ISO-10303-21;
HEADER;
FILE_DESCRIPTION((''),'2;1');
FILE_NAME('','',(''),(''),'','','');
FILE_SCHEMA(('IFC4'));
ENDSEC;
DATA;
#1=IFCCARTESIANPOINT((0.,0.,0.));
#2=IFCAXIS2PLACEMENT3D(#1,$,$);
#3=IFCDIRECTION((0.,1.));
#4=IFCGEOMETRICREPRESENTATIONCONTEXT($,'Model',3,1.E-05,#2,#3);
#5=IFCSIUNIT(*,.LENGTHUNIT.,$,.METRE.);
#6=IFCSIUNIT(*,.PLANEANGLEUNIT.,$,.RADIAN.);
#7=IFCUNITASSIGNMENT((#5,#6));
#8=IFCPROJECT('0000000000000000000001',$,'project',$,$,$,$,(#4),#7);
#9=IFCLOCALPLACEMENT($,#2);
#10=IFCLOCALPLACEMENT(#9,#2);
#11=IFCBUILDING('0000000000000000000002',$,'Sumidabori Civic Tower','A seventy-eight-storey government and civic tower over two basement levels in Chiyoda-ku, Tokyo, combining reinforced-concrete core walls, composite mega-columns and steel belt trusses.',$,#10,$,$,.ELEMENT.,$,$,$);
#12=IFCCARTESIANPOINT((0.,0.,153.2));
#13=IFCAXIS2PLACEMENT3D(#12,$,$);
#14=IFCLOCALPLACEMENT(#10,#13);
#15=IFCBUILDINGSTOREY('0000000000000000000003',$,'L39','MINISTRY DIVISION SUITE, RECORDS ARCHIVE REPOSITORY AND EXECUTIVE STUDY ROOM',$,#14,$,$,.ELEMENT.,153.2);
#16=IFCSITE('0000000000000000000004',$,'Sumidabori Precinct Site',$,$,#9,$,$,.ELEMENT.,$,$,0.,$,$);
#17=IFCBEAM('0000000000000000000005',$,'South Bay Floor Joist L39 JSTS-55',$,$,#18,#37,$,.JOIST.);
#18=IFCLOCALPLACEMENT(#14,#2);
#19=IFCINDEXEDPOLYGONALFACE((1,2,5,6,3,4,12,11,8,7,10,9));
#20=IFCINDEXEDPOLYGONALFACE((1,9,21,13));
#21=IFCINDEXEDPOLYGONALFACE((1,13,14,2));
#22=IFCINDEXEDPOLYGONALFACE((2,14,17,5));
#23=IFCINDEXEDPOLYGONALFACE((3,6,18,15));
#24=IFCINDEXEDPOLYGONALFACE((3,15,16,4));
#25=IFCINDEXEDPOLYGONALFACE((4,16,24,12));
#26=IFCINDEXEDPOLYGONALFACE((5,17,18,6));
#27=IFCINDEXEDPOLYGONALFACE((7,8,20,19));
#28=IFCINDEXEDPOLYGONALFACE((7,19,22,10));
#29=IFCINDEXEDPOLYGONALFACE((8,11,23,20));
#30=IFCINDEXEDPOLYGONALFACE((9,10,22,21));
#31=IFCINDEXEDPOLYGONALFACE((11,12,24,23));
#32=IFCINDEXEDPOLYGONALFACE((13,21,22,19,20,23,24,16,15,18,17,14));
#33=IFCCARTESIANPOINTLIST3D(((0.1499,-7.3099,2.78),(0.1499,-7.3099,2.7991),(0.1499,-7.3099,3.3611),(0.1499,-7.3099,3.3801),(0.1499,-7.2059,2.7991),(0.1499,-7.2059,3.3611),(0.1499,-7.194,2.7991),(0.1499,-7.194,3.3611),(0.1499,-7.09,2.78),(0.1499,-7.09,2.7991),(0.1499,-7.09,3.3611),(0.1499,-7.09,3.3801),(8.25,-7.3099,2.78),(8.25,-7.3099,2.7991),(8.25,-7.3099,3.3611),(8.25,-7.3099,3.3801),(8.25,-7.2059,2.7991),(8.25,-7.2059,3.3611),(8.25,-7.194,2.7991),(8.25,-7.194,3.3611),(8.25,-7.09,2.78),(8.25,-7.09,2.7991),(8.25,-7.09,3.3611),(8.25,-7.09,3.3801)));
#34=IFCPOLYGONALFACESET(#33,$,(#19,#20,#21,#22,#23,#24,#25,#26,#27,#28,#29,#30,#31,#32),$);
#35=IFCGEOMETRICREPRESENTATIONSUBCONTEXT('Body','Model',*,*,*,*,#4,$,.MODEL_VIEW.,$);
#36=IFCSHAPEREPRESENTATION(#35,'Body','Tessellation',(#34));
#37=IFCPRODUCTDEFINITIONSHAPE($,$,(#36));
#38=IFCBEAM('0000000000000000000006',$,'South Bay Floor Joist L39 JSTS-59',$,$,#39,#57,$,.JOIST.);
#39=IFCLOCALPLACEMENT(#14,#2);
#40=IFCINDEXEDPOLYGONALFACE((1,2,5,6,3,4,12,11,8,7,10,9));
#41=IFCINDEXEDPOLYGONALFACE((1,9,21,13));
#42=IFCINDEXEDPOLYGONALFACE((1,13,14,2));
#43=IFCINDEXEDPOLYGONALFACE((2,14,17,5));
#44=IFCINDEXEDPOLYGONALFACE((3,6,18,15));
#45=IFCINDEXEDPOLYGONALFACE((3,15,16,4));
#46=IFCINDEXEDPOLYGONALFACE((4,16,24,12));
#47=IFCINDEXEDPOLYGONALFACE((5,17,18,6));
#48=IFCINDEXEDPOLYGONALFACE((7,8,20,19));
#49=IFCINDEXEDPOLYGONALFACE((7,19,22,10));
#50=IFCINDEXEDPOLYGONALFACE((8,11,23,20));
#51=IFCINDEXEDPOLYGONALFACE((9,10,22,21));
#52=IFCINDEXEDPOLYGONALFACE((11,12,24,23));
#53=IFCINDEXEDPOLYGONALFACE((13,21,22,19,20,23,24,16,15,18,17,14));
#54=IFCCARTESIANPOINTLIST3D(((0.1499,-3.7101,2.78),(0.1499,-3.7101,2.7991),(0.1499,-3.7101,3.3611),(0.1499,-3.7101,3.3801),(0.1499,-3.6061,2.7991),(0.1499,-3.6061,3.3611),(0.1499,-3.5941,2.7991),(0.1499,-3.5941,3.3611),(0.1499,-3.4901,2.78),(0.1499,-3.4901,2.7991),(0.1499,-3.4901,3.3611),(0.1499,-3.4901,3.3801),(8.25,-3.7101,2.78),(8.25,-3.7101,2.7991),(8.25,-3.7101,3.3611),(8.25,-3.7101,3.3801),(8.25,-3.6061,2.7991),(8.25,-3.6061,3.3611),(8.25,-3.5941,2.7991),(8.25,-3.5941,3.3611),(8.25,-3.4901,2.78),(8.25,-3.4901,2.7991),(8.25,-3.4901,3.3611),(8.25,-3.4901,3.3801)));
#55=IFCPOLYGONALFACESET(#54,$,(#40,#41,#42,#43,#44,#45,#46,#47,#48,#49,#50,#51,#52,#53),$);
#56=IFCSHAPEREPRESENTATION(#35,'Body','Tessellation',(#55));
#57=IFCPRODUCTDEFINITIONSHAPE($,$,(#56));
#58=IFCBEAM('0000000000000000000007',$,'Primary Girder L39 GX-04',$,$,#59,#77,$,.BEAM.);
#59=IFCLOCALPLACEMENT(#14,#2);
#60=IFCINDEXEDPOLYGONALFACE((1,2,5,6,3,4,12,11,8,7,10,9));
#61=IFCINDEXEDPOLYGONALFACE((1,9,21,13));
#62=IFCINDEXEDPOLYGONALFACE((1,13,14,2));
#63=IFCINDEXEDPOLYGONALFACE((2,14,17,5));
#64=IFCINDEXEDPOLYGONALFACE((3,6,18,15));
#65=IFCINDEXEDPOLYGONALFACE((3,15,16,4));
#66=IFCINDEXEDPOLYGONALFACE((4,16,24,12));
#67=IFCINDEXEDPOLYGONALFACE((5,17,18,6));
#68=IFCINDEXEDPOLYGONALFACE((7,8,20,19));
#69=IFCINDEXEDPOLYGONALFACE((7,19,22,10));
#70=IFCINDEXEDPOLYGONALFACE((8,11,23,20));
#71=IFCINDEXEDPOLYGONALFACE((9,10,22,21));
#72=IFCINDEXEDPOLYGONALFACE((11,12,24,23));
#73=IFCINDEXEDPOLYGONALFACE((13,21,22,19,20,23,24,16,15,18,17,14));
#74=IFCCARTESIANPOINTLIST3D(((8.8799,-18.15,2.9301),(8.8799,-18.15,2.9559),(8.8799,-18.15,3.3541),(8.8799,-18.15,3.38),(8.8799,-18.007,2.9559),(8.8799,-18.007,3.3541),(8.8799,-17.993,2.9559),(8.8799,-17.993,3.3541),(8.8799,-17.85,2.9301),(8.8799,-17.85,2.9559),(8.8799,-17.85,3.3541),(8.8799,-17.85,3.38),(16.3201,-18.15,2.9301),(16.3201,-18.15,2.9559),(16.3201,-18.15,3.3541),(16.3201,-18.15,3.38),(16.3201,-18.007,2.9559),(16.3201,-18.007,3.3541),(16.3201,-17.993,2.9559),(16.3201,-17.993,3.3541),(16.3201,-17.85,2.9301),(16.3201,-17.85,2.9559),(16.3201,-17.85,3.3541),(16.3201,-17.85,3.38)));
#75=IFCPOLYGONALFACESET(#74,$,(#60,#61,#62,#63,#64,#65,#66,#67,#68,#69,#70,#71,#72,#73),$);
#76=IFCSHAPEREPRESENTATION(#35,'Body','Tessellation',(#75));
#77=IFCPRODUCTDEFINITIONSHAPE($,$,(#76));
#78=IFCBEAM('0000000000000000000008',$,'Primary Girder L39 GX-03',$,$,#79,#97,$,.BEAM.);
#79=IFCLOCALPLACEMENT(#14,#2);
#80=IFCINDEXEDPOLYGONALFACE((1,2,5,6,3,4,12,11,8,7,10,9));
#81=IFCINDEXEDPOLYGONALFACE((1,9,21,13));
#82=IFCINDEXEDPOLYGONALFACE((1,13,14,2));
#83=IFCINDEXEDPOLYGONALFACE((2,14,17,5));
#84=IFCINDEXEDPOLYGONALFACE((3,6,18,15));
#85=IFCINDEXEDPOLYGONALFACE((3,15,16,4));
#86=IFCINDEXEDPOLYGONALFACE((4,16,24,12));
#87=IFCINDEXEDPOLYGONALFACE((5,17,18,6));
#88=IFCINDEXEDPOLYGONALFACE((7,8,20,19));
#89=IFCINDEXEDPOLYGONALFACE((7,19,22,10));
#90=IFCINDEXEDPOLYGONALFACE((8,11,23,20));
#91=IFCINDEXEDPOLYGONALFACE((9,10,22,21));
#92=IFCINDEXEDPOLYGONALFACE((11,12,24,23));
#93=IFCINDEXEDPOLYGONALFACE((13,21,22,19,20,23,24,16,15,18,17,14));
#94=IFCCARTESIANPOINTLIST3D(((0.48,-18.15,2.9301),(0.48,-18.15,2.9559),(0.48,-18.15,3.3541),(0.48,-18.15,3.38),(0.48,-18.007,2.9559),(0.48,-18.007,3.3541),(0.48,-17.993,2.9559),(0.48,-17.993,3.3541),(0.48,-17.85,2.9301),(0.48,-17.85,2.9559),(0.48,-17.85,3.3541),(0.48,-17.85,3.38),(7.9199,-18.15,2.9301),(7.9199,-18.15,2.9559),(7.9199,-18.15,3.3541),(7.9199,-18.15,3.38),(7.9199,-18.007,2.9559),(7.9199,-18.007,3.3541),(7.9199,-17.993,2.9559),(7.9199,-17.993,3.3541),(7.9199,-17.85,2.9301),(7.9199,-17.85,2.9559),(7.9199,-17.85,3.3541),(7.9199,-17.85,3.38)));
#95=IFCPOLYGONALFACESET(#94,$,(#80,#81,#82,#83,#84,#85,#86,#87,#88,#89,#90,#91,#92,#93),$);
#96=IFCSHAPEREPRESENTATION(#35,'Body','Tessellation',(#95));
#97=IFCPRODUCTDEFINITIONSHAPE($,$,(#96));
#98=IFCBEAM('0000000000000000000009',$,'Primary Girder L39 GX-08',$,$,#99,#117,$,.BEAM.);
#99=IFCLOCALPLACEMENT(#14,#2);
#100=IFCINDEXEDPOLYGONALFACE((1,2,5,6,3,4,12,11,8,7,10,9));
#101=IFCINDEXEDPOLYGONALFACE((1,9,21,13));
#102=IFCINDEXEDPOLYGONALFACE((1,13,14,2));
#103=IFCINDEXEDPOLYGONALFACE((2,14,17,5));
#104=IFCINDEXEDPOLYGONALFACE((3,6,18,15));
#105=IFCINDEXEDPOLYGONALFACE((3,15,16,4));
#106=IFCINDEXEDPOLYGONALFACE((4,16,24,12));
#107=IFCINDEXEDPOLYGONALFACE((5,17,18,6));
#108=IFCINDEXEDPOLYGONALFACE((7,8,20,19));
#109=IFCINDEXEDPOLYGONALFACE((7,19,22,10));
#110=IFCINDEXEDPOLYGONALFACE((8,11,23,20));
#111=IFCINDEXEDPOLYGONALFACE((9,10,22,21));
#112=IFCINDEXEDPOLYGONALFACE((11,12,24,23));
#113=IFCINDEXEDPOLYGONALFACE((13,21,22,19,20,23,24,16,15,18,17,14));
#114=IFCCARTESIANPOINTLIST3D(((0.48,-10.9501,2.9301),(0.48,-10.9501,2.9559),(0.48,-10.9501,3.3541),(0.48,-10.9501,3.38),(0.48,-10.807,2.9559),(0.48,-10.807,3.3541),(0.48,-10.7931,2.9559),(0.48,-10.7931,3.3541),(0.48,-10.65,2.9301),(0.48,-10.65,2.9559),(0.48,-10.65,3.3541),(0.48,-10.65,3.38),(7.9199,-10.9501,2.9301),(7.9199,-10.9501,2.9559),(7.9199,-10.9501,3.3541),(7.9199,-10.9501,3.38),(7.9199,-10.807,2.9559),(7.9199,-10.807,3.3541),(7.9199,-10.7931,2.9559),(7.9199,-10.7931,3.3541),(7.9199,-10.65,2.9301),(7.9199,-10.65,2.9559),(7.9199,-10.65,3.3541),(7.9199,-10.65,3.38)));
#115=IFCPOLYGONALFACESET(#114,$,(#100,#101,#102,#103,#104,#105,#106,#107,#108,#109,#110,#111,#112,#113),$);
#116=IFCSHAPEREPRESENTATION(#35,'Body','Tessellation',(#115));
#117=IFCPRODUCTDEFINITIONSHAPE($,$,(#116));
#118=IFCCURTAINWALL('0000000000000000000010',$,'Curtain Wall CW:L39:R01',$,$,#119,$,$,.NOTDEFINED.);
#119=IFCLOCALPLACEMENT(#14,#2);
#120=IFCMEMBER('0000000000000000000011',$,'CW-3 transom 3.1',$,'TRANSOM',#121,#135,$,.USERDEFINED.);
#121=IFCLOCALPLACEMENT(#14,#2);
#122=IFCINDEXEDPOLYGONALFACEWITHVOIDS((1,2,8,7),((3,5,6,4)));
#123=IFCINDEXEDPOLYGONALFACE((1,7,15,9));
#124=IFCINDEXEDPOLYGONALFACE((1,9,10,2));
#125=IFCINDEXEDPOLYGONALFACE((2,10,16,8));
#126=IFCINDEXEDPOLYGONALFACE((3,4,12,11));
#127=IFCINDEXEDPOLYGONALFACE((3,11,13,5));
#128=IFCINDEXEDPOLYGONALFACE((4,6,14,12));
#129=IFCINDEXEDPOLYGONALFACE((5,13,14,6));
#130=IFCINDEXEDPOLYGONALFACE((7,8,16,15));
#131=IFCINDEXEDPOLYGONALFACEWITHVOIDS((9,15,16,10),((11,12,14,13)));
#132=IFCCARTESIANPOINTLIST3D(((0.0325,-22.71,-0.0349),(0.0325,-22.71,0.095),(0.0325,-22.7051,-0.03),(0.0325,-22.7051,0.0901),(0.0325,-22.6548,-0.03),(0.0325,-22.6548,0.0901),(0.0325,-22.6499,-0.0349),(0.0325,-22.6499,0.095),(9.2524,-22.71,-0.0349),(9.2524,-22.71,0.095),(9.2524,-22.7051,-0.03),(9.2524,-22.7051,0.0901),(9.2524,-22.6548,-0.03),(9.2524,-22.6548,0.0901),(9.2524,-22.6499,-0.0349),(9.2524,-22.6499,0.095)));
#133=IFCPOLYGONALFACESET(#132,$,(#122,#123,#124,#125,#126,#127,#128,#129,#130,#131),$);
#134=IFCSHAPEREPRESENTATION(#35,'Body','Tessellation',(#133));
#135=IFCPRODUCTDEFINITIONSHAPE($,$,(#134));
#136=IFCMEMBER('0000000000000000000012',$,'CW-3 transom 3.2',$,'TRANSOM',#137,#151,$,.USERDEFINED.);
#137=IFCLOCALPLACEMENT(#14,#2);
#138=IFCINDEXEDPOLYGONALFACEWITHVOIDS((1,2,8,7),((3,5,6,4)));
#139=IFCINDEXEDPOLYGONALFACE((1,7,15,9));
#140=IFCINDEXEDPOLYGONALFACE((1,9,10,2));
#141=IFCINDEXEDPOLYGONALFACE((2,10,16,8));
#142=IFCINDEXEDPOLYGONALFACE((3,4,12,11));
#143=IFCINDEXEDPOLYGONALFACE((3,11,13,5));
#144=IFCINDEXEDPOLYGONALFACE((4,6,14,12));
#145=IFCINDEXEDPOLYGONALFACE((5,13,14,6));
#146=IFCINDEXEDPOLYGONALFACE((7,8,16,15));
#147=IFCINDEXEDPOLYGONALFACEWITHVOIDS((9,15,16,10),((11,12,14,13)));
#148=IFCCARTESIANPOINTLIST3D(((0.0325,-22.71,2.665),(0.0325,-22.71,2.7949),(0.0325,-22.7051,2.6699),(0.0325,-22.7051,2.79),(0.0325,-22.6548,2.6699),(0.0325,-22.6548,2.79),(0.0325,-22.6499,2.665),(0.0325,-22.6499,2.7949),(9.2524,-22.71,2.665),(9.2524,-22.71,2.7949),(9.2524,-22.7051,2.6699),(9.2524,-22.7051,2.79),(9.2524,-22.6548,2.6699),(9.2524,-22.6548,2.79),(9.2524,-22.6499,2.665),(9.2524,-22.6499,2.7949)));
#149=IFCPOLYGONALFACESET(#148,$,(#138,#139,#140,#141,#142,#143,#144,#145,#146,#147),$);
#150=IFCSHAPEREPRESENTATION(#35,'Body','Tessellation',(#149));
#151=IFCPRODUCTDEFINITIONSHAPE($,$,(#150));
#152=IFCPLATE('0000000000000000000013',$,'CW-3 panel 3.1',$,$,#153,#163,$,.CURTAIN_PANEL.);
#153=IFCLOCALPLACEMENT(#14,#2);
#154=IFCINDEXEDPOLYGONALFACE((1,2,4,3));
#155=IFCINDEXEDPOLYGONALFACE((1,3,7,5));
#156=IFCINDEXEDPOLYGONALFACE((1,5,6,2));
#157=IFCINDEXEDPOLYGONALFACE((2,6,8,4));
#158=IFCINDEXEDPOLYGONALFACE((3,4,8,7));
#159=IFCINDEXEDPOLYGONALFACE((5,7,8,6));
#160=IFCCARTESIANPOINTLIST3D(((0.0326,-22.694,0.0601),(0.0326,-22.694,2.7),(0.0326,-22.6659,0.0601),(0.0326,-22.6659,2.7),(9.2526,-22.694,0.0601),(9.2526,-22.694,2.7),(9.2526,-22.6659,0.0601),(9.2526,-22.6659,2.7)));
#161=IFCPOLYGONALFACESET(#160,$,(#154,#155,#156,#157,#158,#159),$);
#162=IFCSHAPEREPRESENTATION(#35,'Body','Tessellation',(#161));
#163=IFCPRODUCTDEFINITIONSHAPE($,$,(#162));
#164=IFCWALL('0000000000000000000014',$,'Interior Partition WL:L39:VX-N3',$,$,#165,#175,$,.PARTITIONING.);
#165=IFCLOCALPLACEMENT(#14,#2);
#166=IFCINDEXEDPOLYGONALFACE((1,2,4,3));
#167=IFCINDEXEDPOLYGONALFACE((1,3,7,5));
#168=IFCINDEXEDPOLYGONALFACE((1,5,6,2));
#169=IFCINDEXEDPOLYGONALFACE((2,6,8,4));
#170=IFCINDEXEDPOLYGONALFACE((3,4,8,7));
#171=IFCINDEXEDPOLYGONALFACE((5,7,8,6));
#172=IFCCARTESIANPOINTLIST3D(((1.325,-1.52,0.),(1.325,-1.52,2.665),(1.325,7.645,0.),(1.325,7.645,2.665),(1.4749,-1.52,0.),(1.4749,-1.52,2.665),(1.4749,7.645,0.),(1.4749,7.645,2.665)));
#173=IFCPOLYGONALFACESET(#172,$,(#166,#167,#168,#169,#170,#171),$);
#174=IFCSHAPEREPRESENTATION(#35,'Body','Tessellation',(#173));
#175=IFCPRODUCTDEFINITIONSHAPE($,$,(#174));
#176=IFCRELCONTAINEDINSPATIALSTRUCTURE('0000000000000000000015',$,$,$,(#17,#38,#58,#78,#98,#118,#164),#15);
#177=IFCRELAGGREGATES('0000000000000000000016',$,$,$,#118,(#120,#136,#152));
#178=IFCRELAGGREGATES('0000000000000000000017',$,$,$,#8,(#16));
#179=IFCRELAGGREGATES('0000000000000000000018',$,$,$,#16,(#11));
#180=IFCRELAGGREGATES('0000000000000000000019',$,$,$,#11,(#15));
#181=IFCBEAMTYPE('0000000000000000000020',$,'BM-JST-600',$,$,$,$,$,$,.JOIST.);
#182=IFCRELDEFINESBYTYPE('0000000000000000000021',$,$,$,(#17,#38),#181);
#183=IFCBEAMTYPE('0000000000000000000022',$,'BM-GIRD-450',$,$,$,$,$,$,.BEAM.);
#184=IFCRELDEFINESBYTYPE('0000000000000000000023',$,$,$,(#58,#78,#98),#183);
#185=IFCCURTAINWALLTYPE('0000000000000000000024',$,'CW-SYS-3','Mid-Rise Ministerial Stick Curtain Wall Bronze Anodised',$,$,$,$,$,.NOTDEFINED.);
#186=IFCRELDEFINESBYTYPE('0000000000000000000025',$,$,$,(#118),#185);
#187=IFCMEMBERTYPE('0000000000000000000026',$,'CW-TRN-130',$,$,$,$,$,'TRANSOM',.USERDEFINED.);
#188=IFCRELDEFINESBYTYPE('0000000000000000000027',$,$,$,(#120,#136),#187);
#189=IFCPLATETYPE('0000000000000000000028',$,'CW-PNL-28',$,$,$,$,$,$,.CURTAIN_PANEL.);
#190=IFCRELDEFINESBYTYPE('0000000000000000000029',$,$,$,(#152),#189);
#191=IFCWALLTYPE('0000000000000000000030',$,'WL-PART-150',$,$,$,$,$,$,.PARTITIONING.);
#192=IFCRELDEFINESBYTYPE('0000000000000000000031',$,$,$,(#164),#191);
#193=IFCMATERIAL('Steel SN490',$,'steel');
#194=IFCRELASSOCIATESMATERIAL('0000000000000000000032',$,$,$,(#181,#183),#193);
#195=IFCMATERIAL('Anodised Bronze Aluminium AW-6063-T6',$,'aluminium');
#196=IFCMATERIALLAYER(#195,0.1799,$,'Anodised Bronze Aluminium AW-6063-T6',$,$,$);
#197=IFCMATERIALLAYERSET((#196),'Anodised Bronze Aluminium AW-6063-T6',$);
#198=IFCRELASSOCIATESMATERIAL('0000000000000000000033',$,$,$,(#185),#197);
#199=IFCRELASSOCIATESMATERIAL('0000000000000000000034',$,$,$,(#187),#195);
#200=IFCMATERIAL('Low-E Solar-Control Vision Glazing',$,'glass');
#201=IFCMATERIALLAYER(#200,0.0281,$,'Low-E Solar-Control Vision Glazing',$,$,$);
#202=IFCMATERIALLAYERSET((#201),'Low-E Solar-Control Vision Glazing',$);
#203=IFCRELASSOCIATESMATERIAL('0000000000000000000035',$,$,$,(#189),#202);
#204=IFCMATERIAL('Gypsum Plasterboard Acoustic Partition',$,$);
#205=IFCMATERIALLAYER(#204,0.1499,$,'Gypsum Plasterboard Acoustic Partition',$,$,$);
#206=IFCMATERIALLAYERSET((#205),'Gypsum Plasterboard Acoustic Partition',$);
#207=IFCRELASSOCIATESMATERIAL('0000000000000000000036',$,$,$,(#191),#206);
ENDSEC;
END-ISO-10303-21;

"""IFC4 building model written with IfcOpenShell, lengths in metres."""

from ifc_helpers import new_model, si_unit, direction, frame, frame_2d, origin, origin_2d, place, context, subcontext, project, spatial, rectangle, hollow_rectangle, i_section, extrude, source, transform, mapped, material, layer, layer_set, material_profile, profile_set, type_object, element, aggregate, save


model = new_model("IFC4")

# Units and contexts
model_context = context("Model", 3, precision=1e-05, world=origin(), true_north=direction((0.0, 1.0)))
body_context = subcontext(model_context, "Body", "Model", "MODEL_VIEW")
ifc_project = project(units=[si_unit("LENGTHUNIT", "METRE"), si_unit("PLANEANGLEUNIT", "RADIAN")], contexts=[model_context])

# Site, building, storey
site_placement = place(None, origin())
site = spatial("IfcSite", under=ifc_project, at=site_placement, Name="Sumidabori Precinct Site", CompositionType="ELEMENT", RefElevation=0.0)
building_placement = place(site_placement, origin())
building = spatial("IfcBuilding", under=site, at=building_placement, Name="Sumidabori Civic Tower", Description="A seventy-eight-storey government and civic tower over two basement levels in Chiyoda-ku, Tokyo, combining reinforced-concrete core walls, composite mega-columns and steel belt trusses.", CompositionType="ELEMENT")
storey_placement = place(building_placement, frame((0.0, 0.0, 153.2)))
storey = spatial("IfcBuildingStorey", under=building, at=storey_placement, Name="L39", Description="MINISTRY DIVISION SUITE, RECORDS ARCHIVE REPOSITORY AND EXECUTIVE STUDY ROOM", CompositionType="ELEMENT", Elevation=153.2)

# Beams
ifc_material_1 = material(Name="Steel SN490", Category="steel")
ifc_material_profile_1 = material_profile(ifc_material_1, i_section(OverallWidth=0.22, OverallDepth=0.6001, WebThickness=0.012, FlangeThickness=0.019, at=origin_2d()), Name="IPE 600")
ifc_profile_set_1 = profile_set([ifc_material_profile_1], Name="Steel SN490")
beam_type_1 = type_object("IfcBeamType", Name="BM-JST-600", PredefinedType="JOIST", material=ifc_profile_set_1)
shared_shape_1 = source(origin(), body_context, "Body", "SweptSolid", [
    extrude(i_section(OverallWidth=0.22, OverallDepth=0.6001, WebThickness=0.012, FlangeThickness=0.019, at=origin_2d()), origin(), (0.0, 0.0, 1.0), 8.1001),
])
for number, where, z_axis, x_axis, name in (
    (1, (0.1499, -7.2, 3.0801), (1.0, 0.0, 0.0), (0.0, 1.0, 0.0), "South Bay Floor Joist L39 JSTS-55"),
    (2, (0.1499, -3.6001, 3.0801), (1.0, 0.0, 0.0), (0.0, 1.0, 0.0), "South Bay Floor Joist L39 JSTS-59"),
):
    element("IfcBeam", number, at=place(storey_placement, frame(where, z_axis=z_axis, x_axis=x_axis)), inside=storey, type_object=beam_type_1, Name=name, PredefinedType="JOIST", context=body_context, shape_type="MappedRepresentation", body=[
        mapped(shared_shape_1, transform((0.0, 0.0, 0.0), x_axis=(1.0, 0.0, 0.0), y_axis=(0.0, 1.0, 0.0), z_axis=(0.0, 0.0, 1.0), scale=1.0)),
    ])
ifc_material_profile_2 = material_profile(ifc_material_1, i_section(OverallWidth=0.3, OverallDepth=0.45, WebThickness=0.0139, FlangeThickness=0.0259, at=origin_2d()), Name="HE 450 B")
ifc_profile_set_2 = profile_set([ifc_material_profile_2], Name="Steel SN490")
beam_type_2 = type_object("IfcBeamType", Name="BM-GIRD-450", PredefinedType="BEAM", material=ifc_profile_set_2)
shared_shape_2 = source(origin(), body_context, "Body", "SweptSolid", [
    extrude(i_section(OverallWidth=0.3, OverallDepth=0.45, WebThickness=0.0139, FlangeThickness=0.0259, at=origin_2d()), origin(), (0.0, 0.0, 1.0), 7.4402),
])
beam_1_placement = place(storey_placement, frame((8.8799, -18.0, 3.155), z_axis=(1.0, 0.0, 0.0), x_axis=(0.0, 1.0, 0.0)))
element("IfcBeam", 3, at=beam_1_placement, inside=storey, type_object=beam_type_2, Name="Primary Girder L39 GX-04", PredefinedType="BEAM", context=body_context, shape_type="MappedRepresentation", body=[
    mapped(shared_shape_2, transform((0.0, 0.0, 0.0), x_axis=(1.0, 0.0, 0.0), y_axis=(0.0, 1.0, 0.0), z_axis=(0.0, 0.0, 1.0), scale=1.0)),
])
shared_shape_3 = source(origin(), body_context, "Body", "SweptSolid", [
    extrude(i_section(OverallWidth=0.3, OverallDepth=0.45, WebThickness=0.0139, FlangeThickness=0.0259, at=origin_2d()), origin(), (0.0, 0.0, 1.0), 7.4399),
])
for number, where, z_axis, x_axis, name in (
    (4, (0.48, -18.0, 3.155), (1.0, 0.0, 0.0), (0.0, 1.0, 0.0), "Primary Girder L39 GX-03"),
    (5, (0.48, -10.8, 3.155), (1.0, 0.0, 0.0), (0.0, 1.0, 0.0), "Primary Girder L39 GX-08"),
):
    element("IfcBeam", number, at=place(storey_placement, frame(where, z_axis=z_axis, x_axis=x_axis)), inside=storey, type_object=beam_type_2, Name=name, PredefinedType="BEAM", context=body_context, shape_type="MappedRepresentation", body=[
        mapped(shared_shape_3, transform((0.0, 0.0, 0.0), x_axis=(1.0, 0.0, 0.0), y_axis=(0.0, 1.0, 0.0), z_axis=(0.0, 0.0, 1.0), scale=1.0)),
    ])

# Curtain wall, members, plate
ifc_material_2 = material(Name="Anodised Bronze Aluminium AW-6063-T6", Category="aluminium")
ifc_layer_1 = layer(ifc_material_2, 0.1799, Name="Anodised Bronze Aluminium AW-6063-T6")
ifc_layer_set_1 = layer_set([ifc_layer_1], Name="Anodised Bronze Aluminium AW-6063-T6")
curtain_wall_type = type_object("IfcCurtainWallType", Name="CW-SYS-3", Description="Mid-Rise Ministerial Stick Curtain Wall Bronze Anodised", PredefinedType="NOTDEFINED", material=ifc_layer_set_1)
curtain_wall_placement = place(storey_placement, origin())
curtain_wall = element("IfcCurtainWall", 6, at=curtain_wall_placement, inside=storey, type_object=curtain_wall_type, Name="Curtain Wall CW:L39:R01", PredefinedType="NOTDEFINED")
ifc_material_profile_3 = material_profile(ifc_material_2, hollow_rectangle(XDim=0.0601, YDim=0.1299, WallThickness=0.0049, at=origin_2d()), Name="ALU TRANSOM 130x60")
ifc_profile_set_3 = profile_set([ifc_material_profile_3], Name="Anodised Bronze Aluminium AW-6063-T6")
member_type = type_object("IfcMemberType", Name="CW-TRN-130", ElementType="TRANSOM", PredefinedType="USERDEFINED", material=ifc_profile_set_3)
shared_shape_4 = source(origin(), body_context, "Body", "SweptSolid", [
    extrude(hollow_rectangle(XDim=0.0601, YDim=0.1299, WallThickness=0.0049, at=origin_2d()), origin(), (0.0, 0.0, 1.0), 9.22),
])
member_1_placement = place(storey_placement, frame((0.0325, -22.6799, 0.03), z_axis=(1.0, 0.0, 0.0), x_axis=(0.0, 1.0, 0.0)))
member_1 = element("IfcMember", 7, at=member_1_placement, type_object=member_type, Name="CW-3 transom 3.1", ObjectType="TRANSOM", PredefinedType="USERDEFINED", context=body_context, shape_type="MappedRepresentation", body=[
    mapped(shared_shape_4, transform((0.0, 0.0, 0.0), x_axis=(1.0, 0.0, 0.0), y_axis=(0.0, 1.0, 0.0), z_axis=(0.0, 0.0, 1.0), scale=1.0)),
])
member_2_placement = place(storey_placement, frame((0.0325, -22.6799, 2.73), z_axis=(1.0, 0.0, 0.0), x_axis=(0.0, 1.0, 0.0)))
member_2 = element("IfcMember", 8, at=member_2_placement, type_object=member_type, Name="CW-3 transom 3.2", ObjectType="TRANSOM", PredefinedType="USERDEFINED", context=body_context, shape_type="MappedRepresentation", body=[
    mapped(shared_shape_4, transform((0.0, 0.0, 0.0), x_axis=(1.0, 0.0, 0.0), y_axis=(0.0, 1.0, 0.0), z_axis=(0.0, 0.0, 1.0), scale=1.0)),
])
ifc_material_3 = material(Name="Low-E Solar-Control Vision Glazing", Category="glass")
ifc_layer_2 = layer(ifc_material_3, 0.0281, Name="Low-E Solar-Control Vision Glazing")
ifc_layer_set_2 = layer_set([ifc_layer_2], Name="Low-E Solar-Control Vision Glazing")
plate_type = type_object("IfcPlateType", Name="CW-PNL-28", PredefinedType="CURTAIN_PANEL", material=ifc_layer_set_2)
shared_shape_5 = source(origin(), body_context, "Body", "SweptSolid", [
    extrude(rectangle(XDim=9.22, YDim=0.0281, at=origin_2d()), origin(), (0.0, 0.0, 1.0), 2.6399),
])
plate_placement = place(storey_placement, frame((4.6426, -22.6799, 0.0601), z_axis=(0.0, 0.0, 1.0), x_axis=(1.0, 0.0, 0.0)))
plate = element("IfcPlate", 9, at=plate_placement, type_object=plate_type, Name="CW-3 panel 3.1", PredefinedType="CURTAIN_PANEL", context=body_context, shape_type="MappedRepresentation", body=[
    mapped(shared_shape_5, transform((0.0, 0.0, 0.0), x_axis=(1.0, 0.0, 0.0), y_axis=(0.0, 1.0, 0.0), z_axis=(0.0, 0.0, 1.0), scale=1.0)),
])
aggregate(curtain_wall, [member_1, member_2, plate])

# Wall
ifc_material_4 = material(Name="Gypsum Plasterboard Acoustic Partition")
ifc_layer_3 = layer(ifc_material_4, 0.1499, Name="Gypsum Plasterboard Acoustic Partition")
ifc_layer_set_3 = layer_set([ifc_layer_3], Name="Gypsum Plasterboard Acoustic Partition")
wall_type = type_object("IfcWallType", Name="WL-PART-150", PredefinedType="PARTITIONING", material=ifc_layer_set_3)
shared_shape_6 = source(origin(), body_context, "Body", "SweptSolid", [
    extrude(rectangle(XDim=9.165, YDim=0.1499, at=frame_2d((4.5825, 0.0))), origin(), (0.0, 0.0, 1.0), 2.665),
])
wall_1_placement = place(storey_placement, frame((1.3999, -1.52, 0.0), z_axis=(0.0, 0.0, 1.0), x_axis=(0.0, 1.0, 0.0)))
element("IfcWall", 10, at=wall_1_placement, inside=storey, type_object=wall_type, Name="Interior Partition WL:L39:VX-N3", PredefinedType="PARTITIONING", context=body_context, shape_type="MappedRepresentation", body=[
    mapped(shared_shape_6, transform((0.0, 0.0, 0.0), x_axis=(1.0, 0.0, 0.0), y_axis=(0.0, 1.0, 0.0), z_axis=(0.0, 0.0, 1.0), scale=1.0)),
])

save(model, "model.ifc")
